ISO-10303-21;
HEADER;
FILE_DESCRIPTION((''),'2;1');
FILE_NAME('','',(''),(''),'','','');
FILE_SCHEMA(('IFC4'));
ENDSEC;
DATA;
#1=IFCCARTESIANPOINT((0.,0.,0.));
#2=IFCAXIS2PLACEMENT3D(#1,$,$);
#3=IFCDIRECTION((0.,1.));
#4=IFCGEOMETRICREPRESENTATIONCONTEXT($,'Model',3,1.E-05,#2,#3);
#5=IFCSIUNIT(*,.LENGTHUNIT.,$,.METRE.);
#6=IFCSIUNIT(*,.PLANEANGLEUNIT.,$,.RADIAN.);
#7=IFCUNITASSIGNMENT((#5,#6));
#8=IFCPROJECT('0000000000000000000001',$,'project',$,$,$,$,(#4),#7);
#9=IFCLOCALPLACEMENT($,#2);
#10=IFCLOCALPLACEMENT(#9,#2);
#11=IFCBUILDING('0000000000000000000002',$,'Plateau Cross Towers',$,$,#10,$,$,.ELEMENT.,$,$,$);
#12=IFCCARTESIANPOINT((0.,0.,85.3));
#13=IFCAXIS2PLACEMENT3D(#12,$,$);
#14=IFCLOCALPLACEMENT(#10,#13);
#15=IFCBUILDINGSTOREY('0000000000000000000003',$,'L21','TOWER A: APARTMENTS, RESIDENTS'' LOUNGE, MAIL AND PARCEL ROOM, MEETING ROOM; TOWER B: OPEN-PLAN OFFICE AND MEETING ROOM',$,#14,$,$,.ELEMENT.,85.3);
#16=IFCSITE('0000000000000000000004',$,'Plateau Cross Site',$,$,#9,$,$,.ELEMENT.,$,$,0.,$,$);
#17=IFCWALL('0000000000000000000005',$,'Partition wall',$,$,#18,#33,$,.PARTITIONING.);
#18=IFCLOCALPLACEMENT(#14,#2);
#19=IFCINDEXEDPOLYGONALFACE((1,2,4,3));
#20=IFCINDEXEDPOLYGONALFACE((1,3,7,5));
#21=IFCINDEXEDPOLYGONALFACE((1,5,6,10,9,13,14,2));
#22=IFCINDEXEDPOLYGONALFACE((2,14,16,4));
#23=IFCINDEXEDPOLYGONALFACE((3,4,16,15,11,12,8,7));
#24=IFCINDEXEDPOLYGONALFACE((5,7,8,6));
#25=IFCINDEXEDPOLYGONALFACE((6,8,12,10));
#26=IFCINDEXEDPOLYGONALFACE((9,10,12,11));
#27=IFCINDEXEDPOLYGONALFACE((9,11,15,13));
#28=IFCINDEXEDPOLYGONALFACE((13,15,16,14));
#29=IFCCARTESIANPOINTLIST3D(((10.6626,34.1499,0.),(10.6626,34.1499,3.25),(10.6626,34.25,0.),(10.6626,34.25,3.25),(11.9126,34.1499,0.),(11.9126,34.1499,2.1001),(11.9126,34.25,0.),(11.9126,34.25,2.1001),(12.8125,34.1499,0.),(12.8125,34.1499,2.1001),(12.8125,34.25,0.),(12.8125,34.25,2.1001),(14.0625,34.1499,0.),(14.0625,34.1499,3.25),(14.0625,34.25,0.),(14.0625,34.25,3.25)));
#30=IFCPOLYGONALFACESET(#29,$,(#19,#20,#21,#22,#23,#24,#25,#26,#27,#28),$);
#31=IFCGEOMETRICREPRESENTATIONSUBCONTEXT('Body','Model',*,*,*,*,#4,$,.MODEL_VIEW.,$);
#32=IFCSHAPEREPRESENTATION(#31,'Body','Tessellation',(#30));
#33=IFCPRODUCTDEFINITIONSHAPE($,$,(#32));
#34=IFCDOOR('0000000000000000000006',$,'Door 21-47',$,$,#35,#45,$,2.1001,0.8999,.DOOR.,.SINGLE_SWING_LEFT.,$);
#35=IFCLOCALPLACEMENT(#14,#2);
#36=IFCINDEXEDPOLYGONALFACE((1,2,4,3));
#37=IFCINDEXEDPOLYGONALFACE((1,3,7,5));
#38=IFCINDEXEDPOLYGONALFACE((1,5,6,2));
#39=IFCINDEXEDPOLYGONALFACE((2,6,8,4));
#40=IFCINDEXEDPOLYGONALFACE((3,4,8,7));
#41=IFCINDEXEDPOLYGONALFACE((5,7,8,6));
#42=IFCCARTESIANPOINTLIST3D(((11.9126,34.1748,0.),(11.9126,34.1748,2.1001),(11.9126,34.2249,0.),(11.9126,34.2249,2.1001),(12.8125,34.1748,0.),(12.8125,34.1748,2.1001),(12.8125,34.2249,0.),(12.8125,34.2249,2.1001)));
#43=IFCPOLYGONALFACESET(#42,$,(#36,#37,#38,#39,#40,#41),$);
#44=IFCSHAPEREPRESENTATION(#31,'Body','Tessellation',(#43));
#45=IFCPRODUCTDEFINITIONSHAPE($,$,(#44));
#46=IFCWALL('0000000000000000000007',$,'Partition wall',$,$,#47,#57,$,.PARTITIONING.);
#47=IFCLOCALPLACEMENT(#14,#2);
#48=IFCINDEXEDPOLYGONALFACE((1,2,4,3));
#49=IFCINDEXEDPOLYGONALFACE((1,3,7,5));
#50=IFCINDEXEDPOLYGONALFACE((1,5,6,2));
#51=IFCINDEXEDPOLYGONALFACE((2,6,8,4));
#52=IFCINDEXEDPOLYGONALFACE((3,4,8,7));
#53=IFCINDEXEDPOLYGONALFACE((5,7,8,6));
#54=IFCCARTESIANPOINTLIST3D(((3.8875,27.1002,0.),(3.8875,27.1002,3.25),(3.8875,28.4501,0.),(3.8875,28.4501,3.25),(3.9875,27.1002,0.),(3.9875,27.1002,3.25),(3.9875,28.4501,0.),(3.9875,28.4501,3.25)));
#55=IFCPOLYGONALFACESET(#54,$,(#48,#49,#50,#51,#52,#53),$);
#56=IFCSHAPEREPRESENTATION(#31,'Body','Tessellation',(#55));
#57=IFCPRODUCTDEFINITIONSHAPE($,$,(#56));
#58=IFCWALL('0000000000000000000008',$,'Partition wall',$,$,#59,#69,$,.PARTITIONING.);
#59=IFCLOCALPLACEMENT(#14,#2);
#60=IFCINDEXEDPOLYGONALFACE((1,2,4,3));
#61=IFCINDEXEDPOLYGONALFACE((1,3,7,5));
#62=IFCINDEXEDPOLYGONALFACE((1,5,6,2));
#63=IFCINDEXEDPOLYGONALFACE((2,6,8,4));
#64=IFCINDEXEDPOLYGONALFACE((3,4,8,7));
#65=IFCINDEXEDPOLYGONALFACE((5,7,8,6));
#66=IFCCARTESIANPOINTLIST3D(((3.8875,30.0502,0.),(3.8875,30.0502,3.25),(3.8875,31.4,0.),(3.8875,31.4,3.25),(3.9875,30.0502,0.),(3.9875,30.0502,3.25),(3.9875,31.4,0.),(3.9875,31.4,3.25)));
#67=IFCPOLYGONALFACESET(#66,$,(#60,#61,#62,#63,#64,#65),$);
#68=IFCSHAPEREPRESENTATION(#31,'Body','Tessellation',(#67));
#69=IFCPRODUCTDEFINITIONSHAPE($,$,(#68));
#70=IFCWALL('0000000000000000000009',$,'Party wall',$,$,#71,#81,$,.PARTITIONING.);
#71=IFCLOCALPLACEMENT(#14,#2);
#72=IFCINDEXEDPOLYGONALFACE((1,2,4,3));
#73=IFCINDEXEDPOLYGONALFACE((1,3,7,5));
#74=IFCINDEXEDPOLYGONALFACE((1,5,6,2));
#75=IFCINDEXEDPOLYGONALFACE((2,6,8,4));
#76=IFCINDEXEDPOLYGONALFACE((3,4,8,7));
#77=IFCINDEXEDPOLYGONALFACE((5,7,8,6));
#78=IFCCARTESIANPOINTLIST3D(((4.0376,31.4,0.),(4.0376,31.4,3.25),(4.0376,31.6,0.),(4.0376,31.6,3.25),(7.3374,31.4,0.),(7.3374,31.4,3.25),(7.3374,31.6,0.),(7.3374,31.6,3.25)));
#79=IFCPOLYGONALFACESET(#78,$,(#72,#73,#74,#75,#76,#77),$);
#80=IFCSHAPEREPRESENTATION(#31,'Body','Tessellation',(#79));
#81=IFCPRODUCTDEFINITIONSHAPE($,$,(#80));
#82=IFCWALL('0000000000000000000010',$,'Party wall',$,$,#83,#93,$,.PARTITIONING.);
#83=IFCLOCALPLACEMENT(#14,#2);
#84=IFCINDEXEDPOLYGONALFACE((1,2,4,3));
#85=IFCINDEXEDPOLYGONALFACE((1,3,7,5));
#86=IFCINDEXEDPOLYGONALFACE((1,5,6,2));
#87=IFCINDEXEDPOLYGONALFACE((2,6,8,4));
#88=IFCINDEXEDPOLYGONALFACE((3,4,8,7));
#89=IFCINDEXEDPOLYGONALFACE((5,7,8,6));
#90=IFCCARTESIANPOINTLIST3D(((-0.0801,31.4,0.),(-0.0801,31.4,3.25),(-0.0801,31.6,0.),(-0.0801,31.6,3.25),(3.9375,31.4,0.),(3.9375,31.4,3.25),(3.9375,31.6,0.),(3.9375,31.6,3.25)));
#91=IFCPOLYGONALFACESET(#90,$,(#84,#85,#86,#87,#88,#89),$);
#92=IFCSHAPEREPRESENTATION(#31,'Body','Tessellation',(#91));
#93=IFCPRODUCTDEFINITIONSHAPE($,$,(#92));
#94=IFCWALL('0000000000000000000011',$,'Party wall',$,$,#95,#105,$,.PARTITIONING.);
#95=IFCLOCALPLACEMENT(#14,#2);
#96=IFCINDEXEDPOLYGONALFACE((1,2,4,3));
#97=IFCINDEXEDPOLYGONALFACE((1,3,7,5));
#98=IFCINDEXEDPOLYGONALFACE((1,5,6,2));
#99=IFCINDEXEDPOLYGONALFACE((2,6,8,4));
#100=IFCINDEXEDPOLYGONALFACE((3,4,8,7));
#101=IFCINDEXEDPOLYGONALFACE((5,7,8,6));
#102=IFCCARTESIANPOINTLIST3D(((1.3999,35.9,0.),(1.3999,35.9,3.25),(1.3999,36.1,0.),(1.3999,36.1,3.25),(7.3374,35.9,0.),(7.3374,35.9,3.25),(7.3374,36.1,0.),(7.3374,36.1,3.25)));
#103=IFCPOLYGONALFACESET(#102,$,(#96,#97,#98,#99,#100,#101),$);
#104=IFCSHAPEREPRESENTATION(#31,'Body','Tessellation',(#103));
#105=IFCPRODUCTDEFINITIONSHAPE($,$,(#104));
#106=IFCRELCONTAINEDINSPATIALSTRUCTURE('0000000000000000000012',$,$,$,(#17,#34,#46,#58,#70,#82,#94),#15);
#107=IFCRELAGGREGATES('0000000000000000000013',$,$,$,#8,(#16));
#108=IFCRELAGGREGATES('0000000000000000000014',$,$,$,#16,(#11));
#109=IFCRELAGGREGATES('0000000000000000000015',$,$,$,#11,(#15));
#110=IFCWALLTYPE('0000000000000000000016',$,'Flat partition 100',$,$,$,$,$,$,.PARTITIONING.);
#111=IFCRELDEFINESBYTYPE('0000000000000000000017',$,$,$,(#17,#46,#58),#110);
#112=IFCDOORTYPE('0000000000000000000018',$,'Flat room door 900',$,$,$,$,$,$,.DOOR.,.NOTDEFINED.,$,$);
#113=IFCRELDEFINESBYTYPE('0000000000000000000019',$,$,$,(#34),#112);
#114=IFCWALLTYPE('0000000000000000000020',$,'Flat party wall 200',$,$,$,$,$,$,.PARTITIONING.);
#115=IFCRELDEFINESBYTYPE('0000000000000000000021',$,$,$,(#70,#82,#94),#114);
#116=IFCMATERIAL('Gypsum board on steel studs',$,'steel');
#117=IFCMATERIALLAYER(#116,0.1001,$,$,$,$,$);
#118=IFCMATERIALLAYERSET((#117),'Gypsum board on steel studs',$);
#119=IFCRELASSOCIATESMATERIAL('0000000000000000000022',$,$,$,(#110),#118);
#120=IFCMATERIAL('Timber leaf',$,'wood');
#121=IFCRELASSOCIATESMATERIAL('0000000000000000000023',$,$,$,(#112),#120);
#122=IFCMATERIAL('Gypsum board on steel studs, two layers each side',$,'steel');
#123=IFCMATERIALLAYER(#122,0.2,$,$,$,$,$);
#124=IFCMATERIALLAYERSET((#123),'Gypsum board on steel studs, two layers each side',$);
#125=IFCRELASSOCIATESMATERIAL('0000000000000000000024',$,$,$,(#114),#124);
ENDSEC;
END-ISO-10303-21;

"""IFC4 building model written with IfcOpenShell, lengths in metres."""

from ifc_helpers import new_model, si_unit, direction, frame, frame_2d, origin, place, context, subcontext, project, spatial, rectangle, extrude, material, layer, layer_set, type_object, element, fill, save


model = new_model("IFC4")

# Units and contexts
model_context = context("Model", 3, precision=1e-05, world=origin(), true_north=direction((0.0, 1.0)))
body_context = subcontext(model_context, "Body", "Model", "MODEL_VIEW")
ifc_project = project(units=[si_unit("LENGTHUNIT", "METRE"), si_unit("PLANEANGLEUNIT", "RADIAN")], contexts=[model_context])

# Site, building, storey
site_placement = place(None, origin())
site = spatial("IfcSite", under=ifc_project, at=site_placement, Name="Plateau Cross Site", CompositionType="ELEMENT", RefElevation=0.0)
building_placement = place(site_placement, origin())
building = spatial("IfcBuilding", under=site, at=building_placement, Name="Plateau Cross Towers", CompositionType="ELEMENT")
storey_placement = place(building_placement, frame((0.0, 0.0, 85.3)))
storey = spatial("IfcBuildingStorey", under=building, at=storey_placement, Name="L21", Description="TOWER A: APARTMENTS, RESIDENTS' LOUNGE, MAIL AND PARCEL ROOM, MEETING ROOM; TOWER B: OPEN-PLAN OFFICE AND MEETING ROOM", CompositionType="ELEMENT", Elevation=85.3)

# Wall, opening, door
ifc_material_1 = material(Name="Gypsum board on steel studs", Category="steel")
ifc_layer_1 = layer(ifc_material_1, 0.1001)
ifc_layer_set_1 = layer_set([ifc_layer_1], Name="Gypsum board on steel studs")
wall_type_1 = type_object("IfcWallType", Name="Flat partition 100", PredefinedType="PARTITIONING", material=ifc_layer_set_1)
ifc_material_2 = material(Name="Timber leaf", Category="wood")
door_type = type_object("IfcDoorType", Name="Flat room door 900", OperationType="NOTDEFINED", PredefinedType="DOOR", material=ifc_material_2)
wall_1_placement = place(storey_placement, frame((10.6626, 34.2, 0.0), z_axis=(0.0, 0.0, 1.0), x_axis=(1.0, 0.0, 0.0)))
wall_1 = element("IfcWall", 1, at=wall_1_placement, inside=storey, type_object=wall_type_1, Name="Partition wall", PredefinedType="PARTITIONING", context=body_context, shape_type="SweptSolid", body=[
    extrude(rectangle(XDim=3.3999, YDim=0.1001, at=frame_2d((1.7, 0.0))), origin(), (0.0, 0.0, 1.0), 3.25),
])
opening_1_placement = place(wall_1_placement, frame((1.25, 0.0, 0.0)))
opening_1 = element("IfcOpeningElement", 2, at=opening_1_placement, cuts=wall_1, PredefinedType="OPENING", context=body_context, shape_type="SweptSolid", body=[
    extrude(rectangle(XDim=0.8999, YDim=2.1001, at=frame_2d((0.45, 1.05))), frame((0.0, 0.0601, 0.0), z_axis=(0.0, -1.0, 0.0), x_axis=(1.0, 0.0, 0.0)), (0.0, 0.0, 1.0), 0.1201),
])
door_1_placement = place(opening_1_placement, origin())
door_1 = element("IfcDoor", 3, at=door_1_placement, inside=storey, type_object=door_type, Name="Door 21-47", OperationType="SINGLE_SWING_LEFT", OverallHeight=2.1001, OverallWidth=0.8999, PredefinedType="DOOR", context=body_context, shape_type="SweptSolid", body=[
    extrude(rectangle(XDim=0.8999, YDim=2.1001, at=frame_2d((0.45, 1.05))), frame((0.0, 0.0249, 0.0), z_axis=(0.0, -1.0, 0.0), x_axis=(1.0, 0.0, 0.0)), (0.0, 0.0, 1.0), 0.05),
])
fill(opening_1, door_1)

# Walls
for number, where, z_axis, x_axis, name in (
    (4, (3.9375, 28.45, 0.0), (0.0, 0.0, 1.0), (0.0, -1.0, 0.0), "Partition wall"),
    (5, (3.9375, 31.3999, 0.0), (0.0, 0.0, 1.0), (0.0, -1.0, 0.0), "Partition wall"),
):
    element("IfcWall", number, at=place(storey_placement, frame(where, z_axis=z_axis, x_axis=x_axis)), inside=storey, type_object=wall_type_1, Name=name, PredefinedType="PARTITIONING", context=body_context, shape_type="SweptSolid", body=[
        extrude(rectangle(XDim=1.3499, YDim=0.1001, at=frame_2d((0.6748, 0.0))), origin(), (0.0, 0.0, 1.0), 3.25),
    ])
ifc_material_3 = material(Name="Gypsum board on steel studs, two layers each side", Category="steel")
ifc_layer_2 = layer(ifc_material_3, 0.2)
ifc_layer_set_2 = layer_set([ifc_layer_2], Name="Gypsum board on steel studs, two layers each side")
wall_type_2 = type_object("IfcWallType", Name="Flat party wall 200", PredefinedType="PARTITIONING", material=ifc_layer_set_2)
wall_2_placement = place(storey_placement, frame((7.3374, 31.5, 0.0), z_axis=(0.0, 0.0, 1.0), x_axis=(-1.0, 0.0, 0.0)))
element("IfcWall", 6, at=wall_2_placement, inside=storey, type_object=wall_type_2, Name="Party wall", PredefinedType="PARTITIONING", context=body_context, shape_type="SweptSolid", body=[
    extrude(rectangle(XDim=3.2998, YDim=0.2, at=frame_2d((1.6499, 0.0))), origin(), (0.0, 0.0, 1.0), 3.25),
])
wall_3_placement = place(storey_placement, frame((-0.0801, 31.5, 0.0), z_axis=(0.0, 0.0, 1.0), x_axis=(1.0, 0.0, 0.0)))
element("IfcWall", 7, at=wall_3_placement, inside=storey, type_object=wall_type_2, Name="Party wall", PredefinedType="PARTITIONING", context=body_context, shape_type="SweptSolid", body=[
    extrude(rectangle(XDim=4.0176, YDim=0.2, at=frame_2d((2.0088, 0.0))), origin(), (0.0, 0.0, 1.0), 3.25),
])
wall_4_placement = place(storey_placement, frame((7.3374, 36.0, 0.0), z_axis=(0.0, 0.0, 1.0), x_axis=(-1.0, 0.0, 0.0)))
element("IfcWall", 8, at=wall_4_placement, inside=storey, type_object=wall_type_2, Name="Party wall", PredefinedType="PARTITIONING", context=body_context, shape_type="SweptSolid", body=[
    extrude(rectangle(XDim=5.9375, YDim=0.2, at=frame_2d((2.9688, 0.0))), origin(), (0.0, 0.0, 1.0), 3.25),
])

save(model, "model.ifc")
